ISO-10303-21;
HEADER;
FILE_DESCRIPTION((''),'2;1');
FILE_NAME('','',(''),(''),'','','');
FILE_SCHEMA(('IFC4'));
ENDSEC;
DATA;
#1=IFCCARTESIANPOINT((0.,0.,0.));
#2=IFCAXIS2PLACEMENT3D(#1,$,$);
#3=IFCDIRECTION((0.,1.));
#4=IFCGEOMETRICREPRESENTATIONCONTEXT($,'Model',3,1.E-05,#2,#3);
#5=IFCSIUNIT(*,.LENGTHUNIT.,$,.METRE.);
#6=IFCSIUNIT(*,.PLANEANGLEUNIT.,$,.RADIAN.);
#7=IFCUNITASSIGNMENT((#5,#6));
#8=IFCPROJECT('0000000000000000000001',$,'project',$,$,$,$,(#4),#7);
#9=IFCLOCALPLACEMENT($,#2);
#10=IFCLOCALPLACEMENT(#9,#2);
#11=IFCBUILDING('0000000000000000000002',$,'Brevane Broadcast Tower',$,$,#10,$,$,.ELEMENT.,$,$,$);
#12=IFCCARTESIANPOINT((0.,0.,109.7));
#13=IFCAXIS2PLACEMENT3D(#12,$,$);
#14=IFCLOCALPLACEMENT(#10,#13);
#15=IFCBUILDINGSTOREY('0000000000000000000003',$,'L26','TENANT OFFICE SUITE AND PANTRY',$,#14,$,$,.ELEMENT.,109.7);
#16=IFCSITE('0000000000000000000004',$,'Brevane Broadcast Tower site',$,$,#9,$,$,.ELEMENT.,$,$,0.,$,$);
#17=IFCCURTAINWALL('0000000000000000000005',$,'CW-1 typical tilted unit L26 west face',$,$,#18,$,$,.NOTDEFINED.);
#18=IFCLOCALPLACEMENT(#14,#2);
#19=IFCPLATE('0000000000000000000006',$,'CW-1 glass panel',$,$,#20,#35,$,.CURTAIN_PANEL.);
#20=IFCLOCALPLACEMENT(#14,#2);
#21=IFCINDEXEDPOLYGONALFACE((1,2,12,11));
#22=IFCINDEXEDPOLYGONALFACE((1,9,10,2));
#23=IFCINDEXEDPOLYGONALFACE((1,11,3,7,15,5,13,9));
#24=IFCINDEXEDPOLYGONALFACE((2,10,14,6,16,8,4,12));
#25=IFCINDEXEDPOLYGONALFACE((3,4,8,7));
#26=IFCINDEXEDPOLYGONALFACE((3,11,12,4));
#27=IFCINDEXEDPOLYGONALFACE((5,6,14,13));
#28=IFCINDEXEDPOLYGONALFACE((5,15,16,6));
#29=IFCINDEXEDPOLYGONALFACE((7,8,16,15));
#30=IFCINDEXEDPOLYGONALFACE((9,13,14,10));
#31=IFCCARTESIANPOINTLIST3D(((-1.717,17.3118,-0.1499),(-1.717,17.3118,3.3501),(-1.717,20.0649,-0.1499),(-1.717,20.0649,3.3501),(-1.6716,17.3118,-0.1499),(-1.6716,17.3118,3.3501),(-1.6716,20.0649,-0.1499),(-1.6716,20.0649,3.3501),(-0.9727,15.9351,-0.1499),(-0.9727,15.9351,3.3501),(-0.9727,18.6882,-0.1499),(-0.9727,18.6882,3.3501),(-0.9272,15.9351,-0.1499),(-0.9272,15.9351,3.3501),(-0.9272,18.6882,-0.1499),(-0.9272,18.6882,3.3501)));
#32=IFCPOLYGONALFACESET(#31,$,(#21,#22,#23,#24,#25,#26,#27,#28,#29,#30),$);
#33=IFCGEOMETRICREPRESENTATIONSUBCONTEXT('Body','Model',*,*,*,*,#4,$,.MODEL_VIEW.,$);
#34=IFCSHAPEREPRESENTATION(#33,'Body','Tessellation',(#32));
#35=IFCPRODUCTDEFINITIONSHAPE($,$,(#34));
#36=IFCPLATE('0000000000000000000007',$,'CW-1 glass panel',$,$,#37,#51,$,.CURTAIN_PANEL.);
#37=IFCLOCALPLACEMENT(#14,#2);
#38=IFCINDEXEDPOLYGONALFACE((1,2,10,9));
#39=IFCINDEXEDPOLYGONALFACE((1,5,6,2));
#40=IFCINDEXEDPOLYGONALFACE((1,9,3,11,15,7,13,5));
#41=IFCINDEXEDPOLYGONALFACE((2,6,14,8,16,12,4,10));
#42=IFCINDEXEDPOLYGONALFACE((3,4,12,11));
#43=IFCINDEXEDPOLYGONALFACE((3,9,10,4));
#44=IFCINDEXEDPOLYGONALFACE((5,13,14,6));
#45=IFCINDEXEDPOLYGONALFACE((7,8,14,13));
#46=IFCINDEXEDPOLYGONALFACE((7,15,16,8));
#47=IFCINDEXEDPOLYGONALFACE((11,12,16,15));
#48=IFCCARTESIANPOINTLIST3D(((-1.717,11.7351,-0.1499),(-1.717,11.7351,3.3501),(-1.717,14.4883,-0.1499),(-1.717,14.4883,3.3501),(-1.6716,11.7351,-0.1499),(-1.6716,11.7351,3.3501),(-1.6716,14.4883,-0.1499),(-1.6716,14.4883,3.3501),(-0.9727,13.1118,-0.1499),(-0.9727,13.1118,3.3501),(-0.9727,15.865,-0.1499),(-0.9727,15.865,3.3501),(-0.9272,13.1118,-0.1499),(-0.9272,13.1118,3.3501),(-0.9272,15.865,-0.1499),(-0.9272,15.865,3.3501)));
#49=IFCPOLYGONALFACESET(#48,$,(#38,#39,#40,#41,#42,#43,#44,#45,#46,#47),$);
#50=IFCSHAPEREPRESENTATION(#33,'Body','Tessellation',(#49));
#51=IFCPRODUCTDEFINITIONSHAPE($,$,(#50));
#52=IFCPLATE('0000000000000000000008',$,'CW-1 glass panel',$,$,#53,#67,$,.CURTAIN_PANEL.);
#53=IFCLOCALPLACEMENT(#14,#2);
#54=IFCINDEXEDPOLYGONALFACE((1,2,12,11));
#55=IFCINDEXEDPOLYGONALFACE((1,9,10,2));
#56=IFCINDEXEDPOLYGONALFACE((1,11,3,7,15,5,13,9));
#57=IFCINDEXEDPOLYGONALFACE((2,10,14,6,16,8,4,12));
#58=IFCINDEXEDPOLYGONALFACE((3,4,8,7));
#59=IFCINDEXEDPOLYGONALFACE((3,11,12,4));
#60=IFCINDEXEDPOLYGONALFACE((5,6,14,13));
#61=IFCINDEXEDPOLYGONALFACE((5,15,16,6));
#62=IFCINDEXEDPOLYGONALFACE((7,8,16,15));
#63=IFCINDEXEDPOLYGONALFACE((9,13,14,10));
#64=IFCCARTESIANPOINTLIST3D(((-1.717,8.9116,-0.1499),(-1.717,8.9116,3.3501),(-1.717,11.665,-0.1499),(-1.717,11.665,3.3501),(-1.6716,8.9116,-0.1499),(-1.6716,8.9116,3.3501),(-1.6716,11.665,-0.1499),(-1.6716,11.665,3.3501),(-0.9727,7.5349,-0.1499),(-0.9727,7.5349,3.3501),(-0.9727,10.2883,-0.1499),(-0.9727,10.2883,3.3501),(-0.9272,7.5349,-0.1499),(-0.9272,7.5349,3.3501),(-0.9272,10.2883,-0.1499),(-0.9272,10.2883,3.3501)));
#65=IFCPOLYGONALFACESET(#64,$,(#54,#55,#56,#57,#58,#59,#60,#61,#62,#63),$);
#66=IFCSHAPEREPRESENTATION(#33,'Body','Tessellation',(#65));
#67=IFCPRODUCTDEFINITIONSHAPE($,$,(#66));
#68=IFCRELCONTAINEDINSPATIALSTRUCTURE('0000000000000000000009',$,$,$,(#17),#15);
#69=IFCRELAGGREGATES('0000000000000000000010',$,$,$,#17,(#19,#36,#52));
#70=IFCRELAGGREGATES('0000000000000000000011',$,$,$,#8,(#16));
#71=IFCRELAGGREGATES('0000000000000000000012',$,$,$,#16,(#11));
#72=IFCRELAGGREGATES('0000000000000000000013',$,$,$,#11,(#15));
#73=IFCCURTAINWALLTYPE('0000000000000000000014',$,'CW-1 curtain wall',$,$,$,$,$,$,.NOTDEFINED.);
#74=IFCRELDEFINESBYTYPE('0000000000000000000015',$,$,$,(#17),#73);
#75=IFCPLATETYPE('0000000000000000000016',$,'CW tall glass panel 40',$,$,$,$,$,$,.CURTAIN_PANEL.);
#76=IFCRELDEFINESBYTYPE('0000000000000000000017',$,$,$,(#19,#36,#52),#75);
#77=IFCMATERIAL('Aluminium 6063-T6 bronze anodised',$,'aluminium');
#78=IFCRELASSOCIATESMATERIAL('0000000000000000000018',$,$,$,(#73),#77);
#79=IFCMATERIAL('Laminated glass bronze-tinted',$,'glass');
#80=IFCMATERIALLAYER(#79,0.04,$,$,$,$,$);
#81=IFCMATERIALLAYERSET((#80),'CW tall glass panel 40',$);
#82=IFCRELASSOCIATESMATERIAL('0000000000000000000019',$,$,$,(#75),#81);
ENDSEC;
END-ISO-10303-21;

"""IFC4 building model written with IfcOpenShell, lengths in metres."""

from ifc_helpers import new_model, si_unit, direction, frame, origin, place, context, subcontext, project, spatial, polyline, outline, extrude, material, layer, layer_set, type_object, element, aggregate, save


model = new_model("IFC4")

# Units and contexts
model_context = context("Model", 3, precision=1e-05, world=origin(), true_north=direction((0.0, 1.0)))
body_context = subcontext(model_context, "Body", "Model", "MODEL_VIEW")
ifc_project = project(units=[si_unit("LENGTHUNIT", "METRE"), si_unit("PLANEANGLEUNIT", "RADIAN")], contexts=[model_context])

# Site, building, storey
site_placement = place(None, origin())
site = spatial("IfcSite", under=ifc_project, at=site_placement, Name="Brevane Broadcast Tower site", CompositionType="ELEMENT", RefElevation=0.0)
building_placement = place(site_placement, origin())
building = spatial("IfcBuilding", under=site, at=building_placement, Name="Brevane Broadcast Tower", CompositionType="ELEMENT")
storey_placement = place(building_placement, frame((0.0, 0.0, 109.7)))
storey = spatial("IfcBuildingStorey", under=building, at=storey_placement, Name="L26", Description="TENANT OFFICE SUITE AND PANTRY", CompositionType="ELEMENT", Elevation=109.7)

# Shared definitions
ifc_material_1 = material(Name="Aluminium 6063-T6 bronze anodised", Category="aluminium")
curtain_wall_type = type_object("IfcCurtainWallType", Name="CW-1 curtain wall", PredefinedType="NOTDEFINED", material=ifc_material_1)
ifc_material_2 = material(Name="Laminated glass bronze-tinted", Category="glass")
ifc_layer = layer(ifc_material_2, 0.04)
ifc_layer_set = layer_set([ifc_layer], Name="CW tall glass panel 40")
plate_type = type_object("IfcPlateType", Name="CW tall glass panel 40", PredefinedType="CURTAIN_PANEL", material=ifc_layer_set)

# Curtain wall, plates
curtain_wall_1_placement = place(storey_placement, origin())
curtain_wall_1 = element("IfcCurtainWall", 1, at=curtain_wall_1_placement, inside=storey, type_object=curtain_wall_type, Name="CW-1 typical tilted unit L26 west face", PredefinedType="NOTDEFINED")
plate_1_placement = place(storey_placement, frame((0.0, 0.0, -0.1499)))
plate_1 = element("IfcPlate", 2, at=plate_1_placement, type_object=plate_type, Name="CW-1 glass panel", PredefinedType="CURTAIN_PANEL", context=body_context, shape_type="SweptSolid", body=[
    extrude(outline(polyline([(-1.6716, 20.0649), (-1.717, 20.0649), (-0.9727, 18.6882), (-1.717, 17.3118), (-0.9727, 15.9351), (-0.9272, 15.9351), (-1.6716, 17.3118), (-0.9272, 18.6882), (-1.6716, 20.0649)])), origin(), (0.0, 0.0, 1.0), 3.5),
])
plate_2_placement = place(storey_placement, frame((0.0, 0.0, -0.1499)))
plate_2 = element("IfcPlate", 3, at=plate_2_placement, type_object=plate_type, Name="CW-1 glass panel", PredefinedType="CURTAIN_PANEL", context=body_context, shape_type="SweptSolid", body=[
    extrude(outline(polyline([(-0.9272, 15.865), (-0.9727, 15.865), (-1.717, 14.4883), (-0.9727, 13.1118), (-1.717, 11.7351), (-1.6716, 11.7351), (-0.9272, 13.1118), (-1.6716, 14.4883), (-0.9272, 15.865)])), origin(), (0.0, 0.0, 1.0), 3.5),
])
plate_3_placement = place(storey_placement, frame((0.0, 0.0, -0.1499)))
plate_3 = element("IfcPlate", 4, at=plate_3_placement, type_object=plate_type, Name="CW-1 glass panel", PredefinedType="CURTAIN_PANEL", context=body_context, shape_type="SweptSolid", body=[
    extrude(outline(polyline([(-1.6716, 11.665), (-1.717, 11.665), (-0.9727, 10.2883), (-1.717, 8.9116), (-0.9727, 7.5349), (-0.9272, 7.5349), (-1.6716, 8.9116), (-0.9272, 10.2883), (-1.6716, 11.665)])), origin(), (0.0, 0.0, 1.0), 3.5),
])
aggregate(curtain_wall_1, [plate_1, plate_2, plate_3])

save(model, "model.ifc")
